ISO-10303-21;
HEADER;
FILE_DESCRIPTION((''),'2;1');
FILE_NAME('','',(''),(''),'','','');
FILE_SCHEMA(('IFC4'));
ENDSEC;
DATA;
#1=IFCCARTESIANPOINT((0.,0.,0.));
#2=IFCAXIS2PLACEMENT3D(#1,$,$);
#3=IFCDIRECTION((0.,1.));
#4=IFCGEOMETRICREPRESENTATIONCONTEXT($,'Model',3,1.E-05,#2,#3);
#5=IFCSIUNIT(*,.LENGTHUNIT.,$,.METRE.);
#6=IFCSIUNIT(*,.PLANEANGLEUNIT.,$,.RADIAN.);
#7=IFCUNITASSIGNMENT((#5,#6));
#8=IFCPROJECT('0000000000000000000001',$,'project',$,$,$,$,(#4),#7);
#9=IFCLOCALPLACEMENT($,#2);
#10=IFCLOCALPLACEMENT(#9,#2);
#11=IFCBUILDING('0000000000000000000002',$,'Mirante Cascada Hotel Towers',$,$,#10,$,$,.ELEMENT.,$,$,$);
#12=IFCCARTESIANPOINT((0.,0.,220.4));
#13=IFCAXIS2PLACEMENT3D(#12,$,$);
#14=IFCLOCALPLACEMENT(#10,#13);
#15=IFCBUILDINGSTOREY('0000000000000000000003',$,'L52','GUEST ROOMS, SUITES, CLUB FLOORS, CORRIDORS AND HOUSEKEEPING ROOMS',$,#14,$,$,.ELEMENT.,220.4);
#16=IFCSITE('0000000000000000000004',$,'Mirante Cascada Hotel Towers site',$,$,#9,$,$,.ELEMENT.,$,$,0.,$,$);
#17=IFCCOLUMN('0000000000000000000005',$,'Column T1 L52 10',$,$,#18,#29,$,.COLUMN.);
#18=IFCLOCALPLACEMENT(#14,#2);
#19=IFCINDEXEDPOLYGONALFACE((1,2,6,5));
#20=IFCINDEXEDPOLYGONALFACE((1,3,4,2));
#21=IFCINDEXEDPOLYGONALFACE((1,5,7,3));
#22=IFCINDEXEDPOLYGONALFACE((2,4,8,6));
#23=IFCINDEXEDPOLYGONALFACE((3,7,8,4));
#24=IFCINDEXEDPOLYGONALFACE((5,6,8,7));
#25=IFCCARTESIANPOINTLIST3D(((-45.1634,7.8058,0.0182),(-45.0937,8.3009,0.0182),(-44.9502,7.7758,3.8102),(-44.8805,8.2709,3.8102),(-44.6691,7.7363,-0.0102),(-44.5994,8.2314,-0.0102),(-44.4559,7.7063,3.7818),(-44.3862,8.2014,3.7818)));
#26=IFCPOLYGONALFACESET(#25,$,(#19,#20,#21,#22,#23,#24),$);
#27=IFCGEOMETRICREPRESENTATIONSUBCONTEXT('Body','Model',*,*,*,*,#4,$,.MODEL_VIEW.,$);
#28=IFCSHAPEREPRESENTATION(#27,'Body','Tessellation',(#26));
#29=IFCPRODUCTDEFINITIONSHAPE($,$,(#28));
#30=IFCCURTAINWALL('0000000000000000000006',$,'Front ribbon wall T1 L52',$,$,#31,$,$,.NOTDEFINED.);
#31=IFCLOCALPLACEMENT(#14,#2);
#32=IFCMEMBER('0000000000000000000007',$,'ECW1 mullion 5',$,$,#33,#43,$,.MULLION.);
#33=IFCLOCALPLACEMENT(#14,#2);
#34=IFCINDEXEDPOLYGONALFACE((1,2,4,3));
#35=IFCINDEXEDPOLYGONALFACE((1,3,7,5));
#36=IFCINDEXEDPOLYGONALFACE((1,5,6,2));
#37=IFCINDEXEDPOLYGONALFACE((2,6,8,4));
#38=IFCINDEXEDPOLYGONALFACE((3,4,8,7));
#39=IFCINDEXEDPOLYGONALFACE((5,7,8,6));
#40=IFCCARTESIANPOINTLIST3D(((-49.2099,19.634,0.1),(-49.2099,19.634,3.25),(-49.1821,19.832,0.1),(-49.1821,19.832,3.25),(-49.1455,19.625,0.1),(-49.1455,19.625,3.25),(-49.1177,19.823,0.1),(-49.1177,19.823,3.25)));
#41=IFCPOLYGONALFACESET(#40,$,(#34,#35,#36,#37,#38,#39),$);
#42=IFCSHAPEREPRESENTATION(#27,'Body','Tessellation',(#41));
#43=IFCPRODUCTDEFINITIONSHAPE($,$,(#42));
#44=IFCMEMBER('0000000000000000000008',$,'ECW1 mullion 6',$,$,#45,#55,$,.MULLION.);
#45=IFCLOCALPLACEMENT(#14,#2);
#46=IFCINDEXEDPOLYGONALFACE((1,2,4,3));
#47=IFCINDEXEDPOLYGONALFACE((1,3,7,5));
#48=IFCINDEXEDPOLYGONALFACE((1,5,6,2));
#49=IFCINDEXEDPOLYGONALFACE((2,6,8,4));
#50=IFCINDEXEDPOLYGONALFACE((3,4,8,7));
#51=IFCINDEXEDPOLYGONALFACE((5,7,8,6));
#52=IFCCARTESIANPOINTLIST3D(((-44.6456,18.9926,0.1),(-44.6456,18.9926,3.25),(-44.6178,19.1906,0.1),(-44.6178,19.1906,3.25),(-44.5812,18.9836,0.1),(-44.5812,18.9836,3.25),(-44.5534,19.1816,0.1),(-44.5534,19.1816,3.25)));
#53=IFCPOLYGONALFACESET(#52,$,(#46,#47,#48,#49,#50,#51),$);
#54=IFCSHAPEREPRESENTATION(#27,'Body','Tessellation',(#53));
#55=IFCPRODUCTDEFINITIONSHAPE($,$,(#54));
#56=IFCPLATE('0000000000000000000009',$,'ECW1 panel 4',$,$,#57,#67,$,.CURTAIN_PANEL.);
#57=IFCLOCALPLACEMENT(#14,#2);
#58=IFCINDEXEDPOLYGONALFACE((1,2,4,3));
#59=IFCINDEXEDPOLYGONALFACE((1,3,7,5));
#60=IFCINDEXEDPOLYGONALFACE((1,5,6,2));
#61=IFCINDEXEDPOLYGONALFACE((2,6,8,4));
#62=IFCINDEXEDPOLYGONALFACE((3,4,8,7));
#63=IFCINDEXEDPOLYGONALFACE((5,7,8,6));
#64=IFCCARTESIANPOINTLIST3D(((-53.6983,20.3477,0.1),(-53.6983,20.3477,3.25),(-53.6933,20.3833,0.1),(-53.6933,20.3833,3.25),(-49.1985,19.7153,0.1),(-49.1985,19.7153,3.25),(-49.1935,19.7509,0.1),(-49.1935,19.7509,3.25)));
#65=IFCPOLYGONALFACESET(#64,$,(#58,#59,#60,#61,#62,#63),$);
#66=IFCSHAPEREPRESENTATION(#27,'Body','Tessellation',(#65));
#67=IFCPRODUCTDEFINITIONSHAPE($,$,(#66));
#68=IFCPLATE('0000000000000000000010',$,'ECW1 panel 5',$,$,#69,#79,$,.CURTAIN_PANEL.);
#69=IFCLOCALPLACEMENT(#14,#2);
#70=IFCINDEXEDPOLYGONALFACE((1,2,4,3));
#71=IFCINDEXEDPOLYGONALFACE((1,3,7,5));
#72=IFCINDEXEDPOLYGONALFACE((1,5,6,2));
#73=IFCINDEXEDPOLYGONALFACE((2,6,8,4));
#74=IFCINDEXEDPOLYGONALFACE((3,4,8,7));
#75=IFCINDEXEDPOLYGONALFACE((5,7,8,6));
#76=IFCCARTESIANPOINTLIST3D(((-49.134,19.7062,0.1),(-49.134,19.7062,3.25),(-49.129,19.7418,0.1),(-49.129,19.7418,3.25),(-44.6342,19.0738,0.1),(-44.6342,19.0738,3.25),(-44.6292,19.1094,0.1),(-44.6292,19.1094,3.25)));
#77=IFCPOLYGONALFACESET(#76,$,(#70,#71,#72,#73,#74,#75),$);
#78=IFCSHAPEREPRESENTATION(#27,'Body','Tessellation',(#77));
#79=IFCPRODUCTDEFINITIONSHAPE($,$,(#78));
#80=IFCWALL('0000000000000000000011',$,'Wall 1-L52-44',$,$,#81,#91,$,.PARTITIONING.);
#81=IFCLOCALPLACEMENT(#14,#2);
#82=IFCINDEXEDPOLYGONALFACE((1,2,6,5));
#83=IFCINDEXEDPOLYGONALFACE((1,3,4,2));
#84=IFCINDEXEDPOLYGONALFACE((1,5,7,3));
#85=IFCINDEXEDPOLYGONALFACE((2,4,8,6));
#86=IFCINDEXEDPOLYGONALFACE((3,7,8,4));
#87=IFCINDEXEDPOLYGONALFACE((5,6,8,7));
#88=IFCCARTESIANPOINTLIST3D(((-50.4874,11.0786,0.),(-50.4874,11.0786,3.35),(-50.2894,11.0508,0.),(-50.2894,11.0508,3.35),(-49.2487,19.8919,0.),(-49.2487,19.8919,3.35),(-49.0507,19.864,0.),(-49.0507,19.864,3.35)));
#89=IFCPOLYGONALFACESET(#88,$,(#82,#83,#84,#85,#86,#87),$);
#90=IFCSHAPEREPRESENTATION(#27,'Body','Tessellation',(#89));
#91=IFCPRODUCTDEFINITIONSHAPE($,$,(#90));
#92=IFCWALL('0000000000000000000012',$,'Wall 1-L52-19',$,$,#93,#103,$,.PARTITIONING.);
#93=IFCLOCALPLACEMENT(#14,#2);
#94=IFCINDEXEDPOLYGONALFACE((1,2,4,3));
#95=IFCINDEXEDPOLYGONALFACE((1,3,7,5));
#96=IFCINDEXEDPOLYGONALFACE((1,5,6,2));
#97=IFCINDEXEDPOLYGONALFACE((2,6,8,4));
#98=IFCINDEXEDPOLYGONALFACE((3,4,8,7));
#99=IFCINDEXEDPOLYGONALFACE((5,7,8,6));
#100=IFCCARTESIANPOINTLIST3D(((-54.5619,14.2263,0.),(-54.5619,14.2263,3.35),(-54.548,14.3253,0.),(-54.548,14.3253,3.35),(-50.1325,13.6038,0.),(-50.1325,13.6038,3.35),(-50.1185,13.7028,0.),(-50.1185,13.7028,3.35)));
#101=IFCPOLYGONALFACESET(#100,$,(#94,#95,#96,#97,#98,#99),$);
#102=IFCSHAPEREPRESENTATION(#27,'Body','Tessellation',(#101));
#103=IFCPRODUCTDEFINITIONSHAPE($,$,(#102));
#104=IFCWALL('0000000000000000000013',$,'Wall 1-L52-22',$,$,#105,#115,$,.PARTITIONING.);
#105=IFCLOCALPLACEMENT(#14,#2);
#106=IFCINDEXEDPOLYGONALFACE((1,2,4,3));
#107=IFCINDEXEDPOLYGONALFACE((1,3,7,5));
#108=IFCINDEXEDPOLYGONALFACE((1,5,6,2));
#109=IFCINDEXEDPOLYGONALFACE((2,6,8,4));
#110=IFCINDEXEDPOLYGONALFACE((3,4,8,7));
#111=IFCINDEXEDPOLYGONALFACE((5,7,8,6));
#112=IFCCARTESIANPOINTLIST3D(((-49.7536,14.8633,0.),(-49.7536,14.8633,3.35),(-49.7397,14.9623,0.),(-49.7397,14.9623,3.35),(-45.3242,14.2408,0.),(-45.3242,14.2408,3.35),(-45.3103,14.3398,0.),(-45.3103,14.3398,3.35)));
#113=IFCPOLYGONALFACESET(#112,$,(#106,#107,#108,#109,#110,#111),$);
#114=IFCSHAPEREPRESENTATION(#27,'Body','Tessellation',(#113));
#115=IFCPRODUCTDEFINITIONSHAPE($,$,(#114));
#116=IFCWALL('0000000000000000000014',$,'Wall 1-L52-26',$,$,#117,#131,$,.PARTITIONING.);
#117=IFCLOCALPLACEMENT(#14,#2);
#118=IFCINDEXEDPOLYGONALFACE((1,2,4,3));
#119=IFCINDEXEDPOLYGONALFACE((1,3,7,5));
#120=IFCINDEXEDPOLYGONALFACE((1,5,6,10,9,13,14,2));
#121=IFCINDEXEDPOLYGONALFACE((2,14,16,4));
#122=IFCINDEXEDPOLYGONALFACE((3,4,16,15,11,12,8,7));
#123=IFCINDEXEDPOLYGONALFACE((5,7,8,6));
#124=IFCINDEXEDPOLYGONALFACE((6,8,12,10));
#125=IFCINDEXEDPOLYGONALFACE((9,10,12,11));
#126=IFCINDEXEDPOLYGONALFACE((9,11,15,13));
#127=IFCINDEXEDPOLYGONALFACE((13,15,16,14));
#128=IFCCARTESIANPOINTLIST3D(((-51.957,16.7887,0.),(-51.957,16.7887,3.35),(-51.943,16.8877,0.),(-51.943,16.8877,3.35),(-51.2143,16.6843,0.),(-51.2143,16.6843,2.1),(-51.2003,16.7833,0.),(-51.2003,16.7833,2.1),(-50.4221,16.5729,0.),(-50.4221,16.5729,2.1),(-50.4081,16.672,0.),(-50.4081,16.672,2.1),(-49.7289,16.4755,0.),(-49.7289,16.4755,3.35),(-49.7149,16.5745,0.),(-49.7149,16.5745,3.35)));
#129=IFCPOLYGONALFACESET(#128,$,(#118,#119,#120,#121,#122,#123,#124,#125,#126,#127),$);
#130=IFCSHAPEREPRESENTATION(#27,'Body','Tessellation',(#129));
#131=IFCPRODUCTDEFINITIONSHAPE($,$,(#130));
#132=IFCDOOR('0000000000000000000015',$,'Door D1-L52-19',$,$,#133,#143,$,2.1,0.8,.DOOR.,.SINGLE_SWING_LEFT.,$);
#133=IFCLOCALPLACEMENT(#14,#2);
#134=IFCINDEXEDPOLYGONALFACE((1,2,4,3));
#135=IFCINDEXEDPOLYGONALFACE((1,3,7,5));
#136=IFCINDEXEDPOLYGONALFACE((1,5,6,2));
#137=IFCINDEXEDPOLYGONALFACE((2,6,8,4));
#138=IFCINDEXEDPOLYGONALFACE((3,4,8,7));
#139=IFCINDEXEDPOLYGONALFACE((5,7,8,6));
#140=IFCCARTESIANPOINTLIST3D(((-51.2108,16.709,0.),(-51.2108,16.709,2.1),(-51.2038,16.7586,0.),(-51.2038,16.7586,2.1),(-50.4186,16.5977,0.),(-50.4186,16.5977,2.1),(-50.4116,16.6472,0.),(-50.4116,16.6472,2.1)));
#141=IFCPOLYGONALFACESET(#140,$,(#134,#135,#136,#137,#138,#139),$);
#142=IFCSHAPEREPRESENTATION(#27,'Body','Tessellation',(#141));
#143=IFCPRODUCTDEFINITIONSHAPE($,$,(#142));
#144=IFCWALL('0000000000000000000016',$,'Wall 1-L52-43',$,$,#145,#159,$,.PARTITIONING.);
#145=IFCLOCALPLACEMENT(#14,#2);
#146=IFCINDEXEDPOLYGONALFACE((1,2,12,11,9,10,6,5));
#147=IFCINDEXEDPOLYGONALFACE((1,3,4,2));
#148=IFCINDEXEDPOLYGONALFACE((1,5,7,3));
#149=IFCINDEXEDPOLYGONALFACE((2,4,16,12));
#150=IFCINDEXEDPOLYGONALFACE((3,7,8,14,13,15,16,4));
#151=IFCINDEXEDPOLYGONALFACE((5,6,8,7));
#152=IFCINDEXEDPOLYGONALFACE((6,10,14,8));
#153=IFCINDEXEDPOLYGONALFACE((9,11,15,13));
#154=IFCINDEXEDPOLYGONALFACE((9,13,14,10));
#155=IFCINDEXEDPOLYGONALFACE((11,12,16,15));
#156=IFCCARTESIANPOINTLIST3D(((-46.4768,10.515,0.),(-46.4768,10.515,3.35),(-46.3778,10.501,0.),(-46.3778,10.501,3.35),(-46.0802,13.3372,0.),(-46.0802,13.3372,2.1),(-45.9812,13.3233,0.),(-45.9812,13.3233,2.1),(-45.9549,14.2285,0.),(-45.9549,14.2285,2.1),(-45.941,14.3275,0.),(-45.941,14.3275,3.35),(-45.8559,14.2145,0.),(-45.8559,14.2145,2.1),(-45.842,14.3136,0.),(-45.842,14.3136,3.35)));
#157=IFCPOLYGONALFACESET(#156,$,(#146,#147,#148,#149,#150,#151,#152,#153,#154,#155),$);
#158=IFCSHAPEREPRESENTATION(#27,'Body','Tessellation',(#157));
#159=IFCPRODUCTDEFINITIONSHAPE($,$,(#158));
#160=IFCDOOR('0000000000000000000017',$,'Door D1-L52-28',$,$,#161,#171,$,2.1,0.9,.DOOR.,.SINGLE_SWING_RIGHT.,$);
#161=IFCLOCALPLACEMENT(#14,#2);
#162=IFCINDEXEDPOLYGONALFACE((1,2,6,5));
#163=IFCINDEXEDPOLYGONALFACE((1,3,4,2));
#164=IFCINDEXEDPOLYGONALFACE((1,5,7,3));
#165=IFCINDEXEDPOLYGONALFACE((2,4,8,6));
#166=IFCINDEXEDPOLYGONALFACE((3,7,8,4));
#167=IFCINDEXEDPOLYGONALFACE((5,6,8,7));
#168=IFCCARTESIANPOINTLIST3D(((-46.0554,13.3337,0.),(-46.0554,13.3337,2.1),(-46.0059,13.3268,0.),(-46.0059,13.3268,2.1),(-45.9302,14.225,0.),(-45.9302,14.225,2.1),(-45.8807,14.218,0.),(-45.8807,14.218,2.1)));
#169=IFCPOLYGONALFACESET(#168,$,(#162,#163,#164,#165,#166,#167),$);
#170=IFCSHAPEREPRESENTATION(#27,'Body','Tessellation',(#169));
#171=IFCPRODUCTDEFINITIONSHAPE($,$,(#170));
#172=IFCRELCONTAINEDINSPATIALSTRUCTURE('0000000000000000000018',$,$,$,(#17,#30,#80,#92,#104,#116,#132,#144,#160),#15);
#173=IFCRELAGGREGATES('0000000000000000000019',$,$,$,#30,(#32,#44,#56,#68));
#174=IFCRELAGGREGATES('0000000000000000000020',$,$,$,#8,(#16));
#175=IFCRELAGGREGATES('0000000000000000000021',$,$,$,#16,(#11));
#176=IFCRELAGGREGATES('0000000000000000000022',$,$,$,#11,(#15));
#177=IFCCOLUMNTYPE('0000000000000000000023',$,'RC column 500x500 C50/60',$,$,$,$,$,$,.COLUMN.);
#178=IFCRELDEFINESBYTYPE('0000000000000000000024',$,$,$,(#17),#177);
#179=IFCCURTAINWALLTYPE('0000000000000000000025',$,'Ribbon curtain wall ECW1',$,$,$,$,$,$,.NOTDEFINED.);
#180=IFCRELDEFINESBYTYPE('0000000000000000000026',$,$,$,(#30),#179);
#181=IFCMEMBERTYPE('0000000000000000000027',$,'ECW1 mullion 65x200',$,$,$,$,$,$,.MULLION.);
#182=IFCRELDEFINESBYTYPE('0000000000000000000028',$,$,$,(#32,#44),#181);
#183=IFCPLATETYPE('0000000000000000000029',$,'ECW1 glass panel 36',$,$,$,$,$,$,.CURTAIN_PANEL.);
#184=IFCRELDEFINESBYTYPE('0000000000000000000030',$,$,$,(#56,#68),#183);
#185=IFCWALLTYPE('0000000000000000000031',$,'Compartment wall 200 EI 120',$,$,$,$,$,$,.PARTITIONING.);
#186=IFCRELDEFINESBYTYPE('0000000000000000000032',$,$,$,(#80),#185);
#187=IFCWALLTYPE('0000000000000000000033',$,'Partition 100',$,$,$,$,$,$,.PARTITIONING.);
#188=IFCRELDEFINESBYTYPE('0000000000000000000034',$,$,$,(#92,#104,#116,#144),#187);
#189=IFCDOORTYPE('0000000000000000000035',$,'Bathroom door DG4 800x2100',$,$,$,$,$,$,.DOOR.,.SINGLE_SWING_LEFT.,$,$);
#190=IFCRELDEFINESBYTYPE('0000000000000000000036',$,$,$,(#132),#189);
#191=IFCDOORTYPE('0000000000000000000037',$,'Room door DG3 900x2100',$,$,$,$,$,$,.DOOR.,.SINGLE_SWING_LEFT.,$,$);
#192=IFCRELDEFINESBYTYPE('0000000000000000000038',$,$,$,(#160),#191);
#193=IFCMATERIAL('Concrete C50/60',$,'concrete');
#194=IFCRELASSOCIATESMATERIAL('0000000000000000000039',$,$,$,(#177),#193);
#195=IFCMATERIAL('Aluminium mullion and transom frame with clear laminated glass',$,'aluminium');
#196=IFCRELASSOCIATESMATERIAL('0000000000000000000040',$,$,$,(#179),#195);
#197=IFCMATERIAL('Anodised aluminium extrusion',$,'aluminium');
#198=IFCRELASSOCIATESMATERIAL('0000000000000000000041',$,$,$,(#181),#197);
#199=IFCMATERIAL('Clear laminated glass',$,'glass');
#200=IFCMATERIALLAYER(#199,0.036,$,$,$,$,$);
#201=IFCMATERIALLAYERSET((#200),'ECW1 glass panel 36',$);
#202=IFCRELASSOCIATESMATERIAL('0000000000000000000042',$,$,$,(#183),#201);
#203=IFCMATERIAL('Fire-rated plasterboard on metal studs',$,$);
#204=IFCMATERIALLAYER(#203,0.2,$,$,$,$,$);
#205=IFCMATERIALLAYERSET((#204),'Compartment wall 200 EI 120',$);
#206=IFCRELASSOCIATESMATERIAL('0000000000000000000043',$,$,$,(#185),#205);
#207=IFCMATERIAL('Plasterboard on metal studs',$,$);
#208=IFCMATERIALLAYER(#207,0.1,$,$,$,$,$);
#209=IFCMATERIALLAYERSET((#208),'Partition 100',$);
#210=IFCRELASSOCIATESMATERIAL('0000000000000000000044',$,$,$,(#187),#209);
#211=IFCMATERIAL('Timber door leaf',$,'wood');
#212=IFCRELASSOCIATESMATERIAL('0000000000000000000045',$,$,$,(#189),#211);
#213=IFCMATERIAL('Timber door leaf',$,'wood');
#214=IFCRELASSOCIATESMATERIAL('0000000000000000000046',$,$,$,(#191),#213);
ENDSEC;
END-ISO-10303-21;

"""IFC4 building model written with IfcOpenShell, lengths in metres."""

from ifc_helpers import new_model, si_unit, direction, frame, frame_2d, origin, origin_2d, place, context, subcontext, project, spatial, rectangle, extrude, material, layer, layer_set, material_profile, profile_set, type_object, element, fill, aggregate, save


model = new_model("IFC4")

# Units and contexts
model_context = context("Model", 3, precision=1e-05, world=origin(), true_north=direction((0.0, 1.0)))
body_context = subcontext(model_context, "Body", "Model", "MODEL_VIEW")
ifc_project = project(units=[si_unit("LENGTHUNIT", "METRE"), si_unit("PLANEANGLEUNIT", "RADIAN")], contexts=[model_context])

# Site, building, storey
site_placement = place(None, origin())
site = spatial("IfcSite", under=ifc_project, at=site_placement, Name="Mirante Cascada Hotel Towers site", CompositionType="ELEMENT", RefElevation=0.0)
building_placement = place(site_placement, origin())
building = spatial("IfcBuilding", under=site, at=building_placement, Name="Mirante Cascada Hotel Towers", CompositionType="ELEMENT")
storey_placement = place(building_placement, frame((0.0, 0.0, 220.4)))
storey = spatial("IfcBuildingStorey", under=building, at=storey_placement, Name="L52", Description="GUEST ROOMS, SUITES, CLUB FLOORS, CORRIDORS AND HOUSEKEEPING ROOMS", CompositionType="ELEMENT", Elevation=220.4)

# Column
ifc_material_1 = material(Name="Concrete C50/60", Category="concrete")
ifc_material_profile_1 = material_profile(ifc_material_1, rectangle(XDim=0.5, YDim=0.5, at=origin_2d()), Name="RC column 500x500 C50/60")
ifc_profile_set_1 = profile_set([ifc_material_profile_1], Name="Concrete C50/60")
column_type = type_object("IfcColumnType", Name="RC column 500x500 C50/60", PredefinedType="COLUMN", material=ifc_profile_set_1)
column_placement = place(storey_placement, frame((-44.8814, 8.0186, 0.004), z_axis=(0.056133, -0.007899, 0.998392), x_axis=(0.13934, 0.990245, 0.0)))
element("IfcColumn", 1, at=column_placement, inside=storey, type_object=column_type, Name="Column T1 L52 10", PredefinedType="COLUMN", context=body_context, shape_type="SweptSolid", body=[
    extrude(rectangle(XDim=0.5, YDim=0.5, at=origin_2d()), origin(), (0.0, 0.0, 1.0), 3.7981),
])

# Curtain wall, members, plates
ifc_material_2 = material(Name="Aluminium mullion and transom frame with clear laminated glass", Category="aluminium")
curtain_wall_type = type_object("IfcCurtainWallType", Name="Ribbon curtain wall ECW1", PredefinedType="NOTDEFINED", material=ifc_material_2)
curtain_wall_placement = place(storey_placement, origin())
curtain_wall = element("IfcCurtainWall", 2, at=curtain_wall_placement, inside=storey, type_object=curtain_wall_type, Name="Front ribbon wall T1 L52", PredefinedType="NOTDEFINED")
ifc_material_3 = material(Name="Anodised aluminium extrusion", Category="aluminium")
ifc_material_profile_2 = material_profile(ifc_material_3, rectangle(XDim=0.2, YDim=0.065, at=origin_2d()), Name="ECW1 MULLION 65x200")
ifc_profile_set_2 = profile_set([ifc_material_profile_2], Name="Anodised aluminium extrusion")
member_type = type_object("IfcMemberType", Name="ECW1 mullion 65x200", PredefinedType="MULLION", material=ifc_profile_set_2)
member_1_placement = place(storey_placement, frame((-49.1638, 19.7285, 0.1), z_axis=(0.0, 0.0, 1.0), x_axis=(0.139173, 0.990268, 0.0)))
member_1 = element("IfcMember", 3, at=member_1_placement, type_object=member_type, Name="ECW1 mullion 5", PredefinedType="MULLION", context=body_context, shape_type="SweptSolid", body=[
    extrude(rectangle(XDim=0.2, YDim=0.065, at=origin_2d()), origin(), (0.0, 0.0, 1.0), 3.15),
])
member_2_placement = place(storey_placement, frame((-44.5995, 19.0871, 0.1), z_axis=(0.0, 0.0, 1.0), x_axis=(0.139173, 0.990268, 0.0)))
member_2 = element("IfcMember", 4, at=member_2_placement, type_object=member_type, Name="ECW1 mullion 6", PredefinedType="MULLION", context=body_context, shape_type="SweptSolid", body=[
    extrude(rectangle(XDim=0.2, YDim=0.065, at=origin_2d()), origin(), (0.0, 0.0, 1.0), 3.15),
])
ifc_material_4 = material(Name="Clear laminated glass", Category="glass")
ifc_layer_1 = layer(ifc_material_4, 0.036)
ifc_layer_set_1 = layer_set([ifc_layer_1], Name="ECW1 glass panel 36")
plate_type = type_object("IfcPlateType", Name="ECW1 glass panel 36", PredefinedType="CURTAIN_PANEL", material=ifc_layer_set_1)
plate_1_placement = place(storey_placement, frame((-51.4459, 20.0493, 0.1), z_axis=(0.0, 0.0, 1.0), x_axis=(0.990268, -0.139173, 0.0)))
plate_1 = element("IfcPlate", 5, at=plate_1_placement, type_object=plate_type, Name="ECW1 panel 4", PredefinedType="CURTAIN_PANEL", context=body_context, shape_type="SweptSolid", body=[
    extrude(rectangle(XDim=4.5441, YDim=0.036, at=origin_2d()), origin(), (0.0, 0.0, 1.0), 3.15),
])
plate_2_placement = place(storey_placement, frame((-46.8816, 19.4078, 0.1), z_axis=(0.0, 0.0, 1.0), x_axis=(0.990268, -0.139173, 0.0)))
plate_2 = element("IfcPlate", 6, at=plate_2_placement, type_object=plate_type, Name="ECW1 panel 5", PredefinedType="CURTAIN_PANEL", context=body_context, shape_type="SweptSolid", body=[
    extrude(rectangle(XDim=4.5441, YDim=0.036, at=origin_2d()), origin(), (0.0, 0.0, 1.0), 3.15),
])
aggregate(curtain_wall, [member_1, member_2, plate_1, plate_2])

# Walls
ifc_material_5 = material(Name="Fire-rated plasterboard on metal studs")
ifc_layer_2 = layer(ifc_material_5, 0.2)
ifc_layer_set_2 = layer_set([ifc_layer_2], Name="Compartment wall 200 EI 120")
wall_type_1 = type_object("IfcWallType", Name="Compartment wall 200 EI 120", PredefinedType="PARTITIONING", material=ifc_layer_set_2)
wall_1_placement = place(storey_placement, frame((-49.1497, 19.878, 0.0), z_axis=(0.0, 0.0, 1.0), x_axis=(-0.139181, -0.990267, 0.0)))
element("IfcWall", 7, at=wall_1_placement, inside=storey, type_object=wall_type_1, Name="Wall 1-L52-44", PredefinedType="PARTITIONING", context=body_context, shape_type="SweptSolid", body=[
    extrude(rectangle(XDim=8.8999, YDim=0.2, at=frame_2d((4.45, 0.0))), origin(), (0.0, 0.0, 1.0), 3.35),
])
ifc_material_6 = material(Name="Plasterboard on metal studs")
ifc_layer_3 = layer(ifc_material_6, 0.1)
ifc_layer_set_3 = layer_set([ifc_layer_3], Name="Partition 100")
wall_type_2 = type_object("IfcWallType", Name="Partition 100", PredefinedType="PARTITIONING", material=ifc_layer_set_3)
wall_2_placement = place(storey_placement, frame((-50.1255, 13.6533, 0.0), z_axis=(0.0, 0.0, 1.0), x_axis=(-0.990269, 0.139167, 0.0)))
element("IfcWall", 8, at=wall_2_placement, inside=storey, type_object=wall_type_2, Name="Wall 1-L52-19", PredefinedType="PARTITIONING", context=body_context, shape_type="SweptSolid", body=[
    extrude(rectangle(XDim=4.473, YDim=0.1, at=frame_2d((2.2365, 0.0))), origin(), (0.0, 0.0, 1.0), 3.35),
])
wall_3_placement = place(storey_placement, frame((-49.7466, 14.9128, 0.0), z_axis=(0.0, 0.0, 1.0), x_axis=(0.990268, -0.139171, 0.0)))
element("IfcWall", 9, at=wall_3_placement, inside=storey, type_object=wall_type_2, Name="Wall 1-L52-22", PredefinedType="PARTITIONING", context=body_context, shape_type="SweptSolid", body=[
    extrude(rectangle(XDim=4.4729, YDim=0.1, at=frame_2d((2.2364, 0.0))), origin(), (0.0, 0.0, 1.0), 3.35),
])

# Walls, openings, doors
wall_4_placement = place(storey_placement, frame((-51.95, 16.8382, 0.0), z_axis=(0.0, 0.0, 1.0), x_axis=(0.990264, -0.1392, 0.0)))
wall_4 = element("IfcWall", 10, at=wall_4_placement, inside=storey, type_object=wall_type_2, Name="Wall 1-L52-26", PredefinedType="PARTITIONING", context=body_context, shape_type="SweptSolid", body=[
    extrude(rectangle(XDim=2.25, YDim=0.1, at=frame_2d((1.125, 0.0))), origin(), (0.0, 0.0, 1.0), 3.35),
])
opening_1_placement = place(wall_4_placement, frame((0.75, 0.0, 0.0)))
opening_1 = element("IfcOpeningElement", 11, at=opening_1_placement, cuts=wall_4, PredefinedType="OPENING", context=body_context, shape_type="SweptSolid", body=[
    extrude(rectangle(XDim=0.8, YDim=2.1, at=frame_2d((0.4, 1.05))), frame((0.0, 0.05, 0.0), z_axis=(0.0, -1.0, 0.0), x_axis=(1.0, 0.0, 0.0)), (0.0, 0.0, 1.0), 0.1),
])
ifc_material_7 = material(Name="Timber door leaf", Category="wood")
door_type_1 = type_object("IfcDoorType", Name="Bathroom door DG4 800x2100", OperationType="SINGLE_SWING_LEFT", PredefinedType="DOOR", material=ifc_material_7)
door_1_placement = place(opening_1_placement, origin())
door_1 = element("IfcDoor", 12, at=door_1_placement, inside=storey, type_object=door_type_1, Name="Door D1-L52-19", OperationType="SINGLE_SWING_LEFT", OverallHeight=2.1, OverallWidth=0.8, PredefinedType="DOOR", context=body_context, shape_type="SweptSolid", body=[
    extrude(rectangle(XDim=0.8, YDim=2.1, at=frame_2d((0.4, 1.05))), frame((0.0, 0.025, 0.0), z_axis=(0.0, -1.0, 0.0), x_axis=(1.0, 0.0, 0.0)), (0.0, 0.0, 1.0), 0.05),
])
fill(opening_1, door_1)
wall_5_placement = place(storey_placement, frame((-46.4273, 10.508, 0.0), z_axis=(0.0, 0.0, 1.0), x_axis=(0.13917, 0.990268, 0.0)))
wall_5 = element("IfcWall", 13, at=wall_5_placement, inside=storey, type_object=wall_type_2, Name="Wall 1-L52-43", PredefinedType="PARTITIONING", context=body_context, shape_type="SweptSolid", body=[
    extrude(rectangle(XDim=3.85, YDim=0.1, at=frame_2d((1.925, 0.0))), origin(), (0.0, 0.0, 1.0), 3.35),
])
opening_2_placement = place(wall_5_placement, frame((2.85, 0.0, 0.0)))
opening_2 = element("IfcOpeningElement", 14, at=opening_2_placement, cuts=wall_5, PredefinedType="OPENING", context=body_context, shape_type="SweptSolid", body=[
    extrude(rectangle(XDim=0.9, YDim=2.1, at=frame_2d((0.45, 1.05))), frame((0.0, 0.05, 0.0), z_axis=(0.0, -1.0, 0.0), x_axis=(1.0, 0.0, 0.0)), (0.0, 0.0, 1.0), 0.1),
])
ifc_material_8 = material(Name="Timber door leaf", Category="wood")
door_type_2 = type_object("IfcDoorType", Name="Room door DG3 900x2100", OperationType="SINGLE_SWING_LEFT", PredefinedType="DOOR", material=ifc_material_8)
door_2_placement = place(opening_2_placement, frame((0.9, 0.0, 0.0), z_axis=(0.0, 0.0, 1.0), x_axis=(-1.0, 0.0, 0.0)))
door_2 = element("IfcDoor", 15, at=door_2_placement, inside=storey, type_object=door_type_2, Name="Door D1-L52-28", OperationType="SINGLE_SWING_RIGHT", OverallHeight=2.1, OverallWidth=0.9, PredefinedType="DOOR", context=body_context, shape_type="SweptSolid", body=[
    extrude(rectangle(XDim=0.9, YDim=2.1, at=frame_2d((0.45, 1.05))), frame((0.0, 0.025, 0.0), z_axis=(0.0, -1.0, 0.0), x_axis=(1.0, 0.0, 0.0)), (0.0, 0.0, 1.0), 0.05),
])
fill(opening_2, door_2)

save(model, "model.ifc")
